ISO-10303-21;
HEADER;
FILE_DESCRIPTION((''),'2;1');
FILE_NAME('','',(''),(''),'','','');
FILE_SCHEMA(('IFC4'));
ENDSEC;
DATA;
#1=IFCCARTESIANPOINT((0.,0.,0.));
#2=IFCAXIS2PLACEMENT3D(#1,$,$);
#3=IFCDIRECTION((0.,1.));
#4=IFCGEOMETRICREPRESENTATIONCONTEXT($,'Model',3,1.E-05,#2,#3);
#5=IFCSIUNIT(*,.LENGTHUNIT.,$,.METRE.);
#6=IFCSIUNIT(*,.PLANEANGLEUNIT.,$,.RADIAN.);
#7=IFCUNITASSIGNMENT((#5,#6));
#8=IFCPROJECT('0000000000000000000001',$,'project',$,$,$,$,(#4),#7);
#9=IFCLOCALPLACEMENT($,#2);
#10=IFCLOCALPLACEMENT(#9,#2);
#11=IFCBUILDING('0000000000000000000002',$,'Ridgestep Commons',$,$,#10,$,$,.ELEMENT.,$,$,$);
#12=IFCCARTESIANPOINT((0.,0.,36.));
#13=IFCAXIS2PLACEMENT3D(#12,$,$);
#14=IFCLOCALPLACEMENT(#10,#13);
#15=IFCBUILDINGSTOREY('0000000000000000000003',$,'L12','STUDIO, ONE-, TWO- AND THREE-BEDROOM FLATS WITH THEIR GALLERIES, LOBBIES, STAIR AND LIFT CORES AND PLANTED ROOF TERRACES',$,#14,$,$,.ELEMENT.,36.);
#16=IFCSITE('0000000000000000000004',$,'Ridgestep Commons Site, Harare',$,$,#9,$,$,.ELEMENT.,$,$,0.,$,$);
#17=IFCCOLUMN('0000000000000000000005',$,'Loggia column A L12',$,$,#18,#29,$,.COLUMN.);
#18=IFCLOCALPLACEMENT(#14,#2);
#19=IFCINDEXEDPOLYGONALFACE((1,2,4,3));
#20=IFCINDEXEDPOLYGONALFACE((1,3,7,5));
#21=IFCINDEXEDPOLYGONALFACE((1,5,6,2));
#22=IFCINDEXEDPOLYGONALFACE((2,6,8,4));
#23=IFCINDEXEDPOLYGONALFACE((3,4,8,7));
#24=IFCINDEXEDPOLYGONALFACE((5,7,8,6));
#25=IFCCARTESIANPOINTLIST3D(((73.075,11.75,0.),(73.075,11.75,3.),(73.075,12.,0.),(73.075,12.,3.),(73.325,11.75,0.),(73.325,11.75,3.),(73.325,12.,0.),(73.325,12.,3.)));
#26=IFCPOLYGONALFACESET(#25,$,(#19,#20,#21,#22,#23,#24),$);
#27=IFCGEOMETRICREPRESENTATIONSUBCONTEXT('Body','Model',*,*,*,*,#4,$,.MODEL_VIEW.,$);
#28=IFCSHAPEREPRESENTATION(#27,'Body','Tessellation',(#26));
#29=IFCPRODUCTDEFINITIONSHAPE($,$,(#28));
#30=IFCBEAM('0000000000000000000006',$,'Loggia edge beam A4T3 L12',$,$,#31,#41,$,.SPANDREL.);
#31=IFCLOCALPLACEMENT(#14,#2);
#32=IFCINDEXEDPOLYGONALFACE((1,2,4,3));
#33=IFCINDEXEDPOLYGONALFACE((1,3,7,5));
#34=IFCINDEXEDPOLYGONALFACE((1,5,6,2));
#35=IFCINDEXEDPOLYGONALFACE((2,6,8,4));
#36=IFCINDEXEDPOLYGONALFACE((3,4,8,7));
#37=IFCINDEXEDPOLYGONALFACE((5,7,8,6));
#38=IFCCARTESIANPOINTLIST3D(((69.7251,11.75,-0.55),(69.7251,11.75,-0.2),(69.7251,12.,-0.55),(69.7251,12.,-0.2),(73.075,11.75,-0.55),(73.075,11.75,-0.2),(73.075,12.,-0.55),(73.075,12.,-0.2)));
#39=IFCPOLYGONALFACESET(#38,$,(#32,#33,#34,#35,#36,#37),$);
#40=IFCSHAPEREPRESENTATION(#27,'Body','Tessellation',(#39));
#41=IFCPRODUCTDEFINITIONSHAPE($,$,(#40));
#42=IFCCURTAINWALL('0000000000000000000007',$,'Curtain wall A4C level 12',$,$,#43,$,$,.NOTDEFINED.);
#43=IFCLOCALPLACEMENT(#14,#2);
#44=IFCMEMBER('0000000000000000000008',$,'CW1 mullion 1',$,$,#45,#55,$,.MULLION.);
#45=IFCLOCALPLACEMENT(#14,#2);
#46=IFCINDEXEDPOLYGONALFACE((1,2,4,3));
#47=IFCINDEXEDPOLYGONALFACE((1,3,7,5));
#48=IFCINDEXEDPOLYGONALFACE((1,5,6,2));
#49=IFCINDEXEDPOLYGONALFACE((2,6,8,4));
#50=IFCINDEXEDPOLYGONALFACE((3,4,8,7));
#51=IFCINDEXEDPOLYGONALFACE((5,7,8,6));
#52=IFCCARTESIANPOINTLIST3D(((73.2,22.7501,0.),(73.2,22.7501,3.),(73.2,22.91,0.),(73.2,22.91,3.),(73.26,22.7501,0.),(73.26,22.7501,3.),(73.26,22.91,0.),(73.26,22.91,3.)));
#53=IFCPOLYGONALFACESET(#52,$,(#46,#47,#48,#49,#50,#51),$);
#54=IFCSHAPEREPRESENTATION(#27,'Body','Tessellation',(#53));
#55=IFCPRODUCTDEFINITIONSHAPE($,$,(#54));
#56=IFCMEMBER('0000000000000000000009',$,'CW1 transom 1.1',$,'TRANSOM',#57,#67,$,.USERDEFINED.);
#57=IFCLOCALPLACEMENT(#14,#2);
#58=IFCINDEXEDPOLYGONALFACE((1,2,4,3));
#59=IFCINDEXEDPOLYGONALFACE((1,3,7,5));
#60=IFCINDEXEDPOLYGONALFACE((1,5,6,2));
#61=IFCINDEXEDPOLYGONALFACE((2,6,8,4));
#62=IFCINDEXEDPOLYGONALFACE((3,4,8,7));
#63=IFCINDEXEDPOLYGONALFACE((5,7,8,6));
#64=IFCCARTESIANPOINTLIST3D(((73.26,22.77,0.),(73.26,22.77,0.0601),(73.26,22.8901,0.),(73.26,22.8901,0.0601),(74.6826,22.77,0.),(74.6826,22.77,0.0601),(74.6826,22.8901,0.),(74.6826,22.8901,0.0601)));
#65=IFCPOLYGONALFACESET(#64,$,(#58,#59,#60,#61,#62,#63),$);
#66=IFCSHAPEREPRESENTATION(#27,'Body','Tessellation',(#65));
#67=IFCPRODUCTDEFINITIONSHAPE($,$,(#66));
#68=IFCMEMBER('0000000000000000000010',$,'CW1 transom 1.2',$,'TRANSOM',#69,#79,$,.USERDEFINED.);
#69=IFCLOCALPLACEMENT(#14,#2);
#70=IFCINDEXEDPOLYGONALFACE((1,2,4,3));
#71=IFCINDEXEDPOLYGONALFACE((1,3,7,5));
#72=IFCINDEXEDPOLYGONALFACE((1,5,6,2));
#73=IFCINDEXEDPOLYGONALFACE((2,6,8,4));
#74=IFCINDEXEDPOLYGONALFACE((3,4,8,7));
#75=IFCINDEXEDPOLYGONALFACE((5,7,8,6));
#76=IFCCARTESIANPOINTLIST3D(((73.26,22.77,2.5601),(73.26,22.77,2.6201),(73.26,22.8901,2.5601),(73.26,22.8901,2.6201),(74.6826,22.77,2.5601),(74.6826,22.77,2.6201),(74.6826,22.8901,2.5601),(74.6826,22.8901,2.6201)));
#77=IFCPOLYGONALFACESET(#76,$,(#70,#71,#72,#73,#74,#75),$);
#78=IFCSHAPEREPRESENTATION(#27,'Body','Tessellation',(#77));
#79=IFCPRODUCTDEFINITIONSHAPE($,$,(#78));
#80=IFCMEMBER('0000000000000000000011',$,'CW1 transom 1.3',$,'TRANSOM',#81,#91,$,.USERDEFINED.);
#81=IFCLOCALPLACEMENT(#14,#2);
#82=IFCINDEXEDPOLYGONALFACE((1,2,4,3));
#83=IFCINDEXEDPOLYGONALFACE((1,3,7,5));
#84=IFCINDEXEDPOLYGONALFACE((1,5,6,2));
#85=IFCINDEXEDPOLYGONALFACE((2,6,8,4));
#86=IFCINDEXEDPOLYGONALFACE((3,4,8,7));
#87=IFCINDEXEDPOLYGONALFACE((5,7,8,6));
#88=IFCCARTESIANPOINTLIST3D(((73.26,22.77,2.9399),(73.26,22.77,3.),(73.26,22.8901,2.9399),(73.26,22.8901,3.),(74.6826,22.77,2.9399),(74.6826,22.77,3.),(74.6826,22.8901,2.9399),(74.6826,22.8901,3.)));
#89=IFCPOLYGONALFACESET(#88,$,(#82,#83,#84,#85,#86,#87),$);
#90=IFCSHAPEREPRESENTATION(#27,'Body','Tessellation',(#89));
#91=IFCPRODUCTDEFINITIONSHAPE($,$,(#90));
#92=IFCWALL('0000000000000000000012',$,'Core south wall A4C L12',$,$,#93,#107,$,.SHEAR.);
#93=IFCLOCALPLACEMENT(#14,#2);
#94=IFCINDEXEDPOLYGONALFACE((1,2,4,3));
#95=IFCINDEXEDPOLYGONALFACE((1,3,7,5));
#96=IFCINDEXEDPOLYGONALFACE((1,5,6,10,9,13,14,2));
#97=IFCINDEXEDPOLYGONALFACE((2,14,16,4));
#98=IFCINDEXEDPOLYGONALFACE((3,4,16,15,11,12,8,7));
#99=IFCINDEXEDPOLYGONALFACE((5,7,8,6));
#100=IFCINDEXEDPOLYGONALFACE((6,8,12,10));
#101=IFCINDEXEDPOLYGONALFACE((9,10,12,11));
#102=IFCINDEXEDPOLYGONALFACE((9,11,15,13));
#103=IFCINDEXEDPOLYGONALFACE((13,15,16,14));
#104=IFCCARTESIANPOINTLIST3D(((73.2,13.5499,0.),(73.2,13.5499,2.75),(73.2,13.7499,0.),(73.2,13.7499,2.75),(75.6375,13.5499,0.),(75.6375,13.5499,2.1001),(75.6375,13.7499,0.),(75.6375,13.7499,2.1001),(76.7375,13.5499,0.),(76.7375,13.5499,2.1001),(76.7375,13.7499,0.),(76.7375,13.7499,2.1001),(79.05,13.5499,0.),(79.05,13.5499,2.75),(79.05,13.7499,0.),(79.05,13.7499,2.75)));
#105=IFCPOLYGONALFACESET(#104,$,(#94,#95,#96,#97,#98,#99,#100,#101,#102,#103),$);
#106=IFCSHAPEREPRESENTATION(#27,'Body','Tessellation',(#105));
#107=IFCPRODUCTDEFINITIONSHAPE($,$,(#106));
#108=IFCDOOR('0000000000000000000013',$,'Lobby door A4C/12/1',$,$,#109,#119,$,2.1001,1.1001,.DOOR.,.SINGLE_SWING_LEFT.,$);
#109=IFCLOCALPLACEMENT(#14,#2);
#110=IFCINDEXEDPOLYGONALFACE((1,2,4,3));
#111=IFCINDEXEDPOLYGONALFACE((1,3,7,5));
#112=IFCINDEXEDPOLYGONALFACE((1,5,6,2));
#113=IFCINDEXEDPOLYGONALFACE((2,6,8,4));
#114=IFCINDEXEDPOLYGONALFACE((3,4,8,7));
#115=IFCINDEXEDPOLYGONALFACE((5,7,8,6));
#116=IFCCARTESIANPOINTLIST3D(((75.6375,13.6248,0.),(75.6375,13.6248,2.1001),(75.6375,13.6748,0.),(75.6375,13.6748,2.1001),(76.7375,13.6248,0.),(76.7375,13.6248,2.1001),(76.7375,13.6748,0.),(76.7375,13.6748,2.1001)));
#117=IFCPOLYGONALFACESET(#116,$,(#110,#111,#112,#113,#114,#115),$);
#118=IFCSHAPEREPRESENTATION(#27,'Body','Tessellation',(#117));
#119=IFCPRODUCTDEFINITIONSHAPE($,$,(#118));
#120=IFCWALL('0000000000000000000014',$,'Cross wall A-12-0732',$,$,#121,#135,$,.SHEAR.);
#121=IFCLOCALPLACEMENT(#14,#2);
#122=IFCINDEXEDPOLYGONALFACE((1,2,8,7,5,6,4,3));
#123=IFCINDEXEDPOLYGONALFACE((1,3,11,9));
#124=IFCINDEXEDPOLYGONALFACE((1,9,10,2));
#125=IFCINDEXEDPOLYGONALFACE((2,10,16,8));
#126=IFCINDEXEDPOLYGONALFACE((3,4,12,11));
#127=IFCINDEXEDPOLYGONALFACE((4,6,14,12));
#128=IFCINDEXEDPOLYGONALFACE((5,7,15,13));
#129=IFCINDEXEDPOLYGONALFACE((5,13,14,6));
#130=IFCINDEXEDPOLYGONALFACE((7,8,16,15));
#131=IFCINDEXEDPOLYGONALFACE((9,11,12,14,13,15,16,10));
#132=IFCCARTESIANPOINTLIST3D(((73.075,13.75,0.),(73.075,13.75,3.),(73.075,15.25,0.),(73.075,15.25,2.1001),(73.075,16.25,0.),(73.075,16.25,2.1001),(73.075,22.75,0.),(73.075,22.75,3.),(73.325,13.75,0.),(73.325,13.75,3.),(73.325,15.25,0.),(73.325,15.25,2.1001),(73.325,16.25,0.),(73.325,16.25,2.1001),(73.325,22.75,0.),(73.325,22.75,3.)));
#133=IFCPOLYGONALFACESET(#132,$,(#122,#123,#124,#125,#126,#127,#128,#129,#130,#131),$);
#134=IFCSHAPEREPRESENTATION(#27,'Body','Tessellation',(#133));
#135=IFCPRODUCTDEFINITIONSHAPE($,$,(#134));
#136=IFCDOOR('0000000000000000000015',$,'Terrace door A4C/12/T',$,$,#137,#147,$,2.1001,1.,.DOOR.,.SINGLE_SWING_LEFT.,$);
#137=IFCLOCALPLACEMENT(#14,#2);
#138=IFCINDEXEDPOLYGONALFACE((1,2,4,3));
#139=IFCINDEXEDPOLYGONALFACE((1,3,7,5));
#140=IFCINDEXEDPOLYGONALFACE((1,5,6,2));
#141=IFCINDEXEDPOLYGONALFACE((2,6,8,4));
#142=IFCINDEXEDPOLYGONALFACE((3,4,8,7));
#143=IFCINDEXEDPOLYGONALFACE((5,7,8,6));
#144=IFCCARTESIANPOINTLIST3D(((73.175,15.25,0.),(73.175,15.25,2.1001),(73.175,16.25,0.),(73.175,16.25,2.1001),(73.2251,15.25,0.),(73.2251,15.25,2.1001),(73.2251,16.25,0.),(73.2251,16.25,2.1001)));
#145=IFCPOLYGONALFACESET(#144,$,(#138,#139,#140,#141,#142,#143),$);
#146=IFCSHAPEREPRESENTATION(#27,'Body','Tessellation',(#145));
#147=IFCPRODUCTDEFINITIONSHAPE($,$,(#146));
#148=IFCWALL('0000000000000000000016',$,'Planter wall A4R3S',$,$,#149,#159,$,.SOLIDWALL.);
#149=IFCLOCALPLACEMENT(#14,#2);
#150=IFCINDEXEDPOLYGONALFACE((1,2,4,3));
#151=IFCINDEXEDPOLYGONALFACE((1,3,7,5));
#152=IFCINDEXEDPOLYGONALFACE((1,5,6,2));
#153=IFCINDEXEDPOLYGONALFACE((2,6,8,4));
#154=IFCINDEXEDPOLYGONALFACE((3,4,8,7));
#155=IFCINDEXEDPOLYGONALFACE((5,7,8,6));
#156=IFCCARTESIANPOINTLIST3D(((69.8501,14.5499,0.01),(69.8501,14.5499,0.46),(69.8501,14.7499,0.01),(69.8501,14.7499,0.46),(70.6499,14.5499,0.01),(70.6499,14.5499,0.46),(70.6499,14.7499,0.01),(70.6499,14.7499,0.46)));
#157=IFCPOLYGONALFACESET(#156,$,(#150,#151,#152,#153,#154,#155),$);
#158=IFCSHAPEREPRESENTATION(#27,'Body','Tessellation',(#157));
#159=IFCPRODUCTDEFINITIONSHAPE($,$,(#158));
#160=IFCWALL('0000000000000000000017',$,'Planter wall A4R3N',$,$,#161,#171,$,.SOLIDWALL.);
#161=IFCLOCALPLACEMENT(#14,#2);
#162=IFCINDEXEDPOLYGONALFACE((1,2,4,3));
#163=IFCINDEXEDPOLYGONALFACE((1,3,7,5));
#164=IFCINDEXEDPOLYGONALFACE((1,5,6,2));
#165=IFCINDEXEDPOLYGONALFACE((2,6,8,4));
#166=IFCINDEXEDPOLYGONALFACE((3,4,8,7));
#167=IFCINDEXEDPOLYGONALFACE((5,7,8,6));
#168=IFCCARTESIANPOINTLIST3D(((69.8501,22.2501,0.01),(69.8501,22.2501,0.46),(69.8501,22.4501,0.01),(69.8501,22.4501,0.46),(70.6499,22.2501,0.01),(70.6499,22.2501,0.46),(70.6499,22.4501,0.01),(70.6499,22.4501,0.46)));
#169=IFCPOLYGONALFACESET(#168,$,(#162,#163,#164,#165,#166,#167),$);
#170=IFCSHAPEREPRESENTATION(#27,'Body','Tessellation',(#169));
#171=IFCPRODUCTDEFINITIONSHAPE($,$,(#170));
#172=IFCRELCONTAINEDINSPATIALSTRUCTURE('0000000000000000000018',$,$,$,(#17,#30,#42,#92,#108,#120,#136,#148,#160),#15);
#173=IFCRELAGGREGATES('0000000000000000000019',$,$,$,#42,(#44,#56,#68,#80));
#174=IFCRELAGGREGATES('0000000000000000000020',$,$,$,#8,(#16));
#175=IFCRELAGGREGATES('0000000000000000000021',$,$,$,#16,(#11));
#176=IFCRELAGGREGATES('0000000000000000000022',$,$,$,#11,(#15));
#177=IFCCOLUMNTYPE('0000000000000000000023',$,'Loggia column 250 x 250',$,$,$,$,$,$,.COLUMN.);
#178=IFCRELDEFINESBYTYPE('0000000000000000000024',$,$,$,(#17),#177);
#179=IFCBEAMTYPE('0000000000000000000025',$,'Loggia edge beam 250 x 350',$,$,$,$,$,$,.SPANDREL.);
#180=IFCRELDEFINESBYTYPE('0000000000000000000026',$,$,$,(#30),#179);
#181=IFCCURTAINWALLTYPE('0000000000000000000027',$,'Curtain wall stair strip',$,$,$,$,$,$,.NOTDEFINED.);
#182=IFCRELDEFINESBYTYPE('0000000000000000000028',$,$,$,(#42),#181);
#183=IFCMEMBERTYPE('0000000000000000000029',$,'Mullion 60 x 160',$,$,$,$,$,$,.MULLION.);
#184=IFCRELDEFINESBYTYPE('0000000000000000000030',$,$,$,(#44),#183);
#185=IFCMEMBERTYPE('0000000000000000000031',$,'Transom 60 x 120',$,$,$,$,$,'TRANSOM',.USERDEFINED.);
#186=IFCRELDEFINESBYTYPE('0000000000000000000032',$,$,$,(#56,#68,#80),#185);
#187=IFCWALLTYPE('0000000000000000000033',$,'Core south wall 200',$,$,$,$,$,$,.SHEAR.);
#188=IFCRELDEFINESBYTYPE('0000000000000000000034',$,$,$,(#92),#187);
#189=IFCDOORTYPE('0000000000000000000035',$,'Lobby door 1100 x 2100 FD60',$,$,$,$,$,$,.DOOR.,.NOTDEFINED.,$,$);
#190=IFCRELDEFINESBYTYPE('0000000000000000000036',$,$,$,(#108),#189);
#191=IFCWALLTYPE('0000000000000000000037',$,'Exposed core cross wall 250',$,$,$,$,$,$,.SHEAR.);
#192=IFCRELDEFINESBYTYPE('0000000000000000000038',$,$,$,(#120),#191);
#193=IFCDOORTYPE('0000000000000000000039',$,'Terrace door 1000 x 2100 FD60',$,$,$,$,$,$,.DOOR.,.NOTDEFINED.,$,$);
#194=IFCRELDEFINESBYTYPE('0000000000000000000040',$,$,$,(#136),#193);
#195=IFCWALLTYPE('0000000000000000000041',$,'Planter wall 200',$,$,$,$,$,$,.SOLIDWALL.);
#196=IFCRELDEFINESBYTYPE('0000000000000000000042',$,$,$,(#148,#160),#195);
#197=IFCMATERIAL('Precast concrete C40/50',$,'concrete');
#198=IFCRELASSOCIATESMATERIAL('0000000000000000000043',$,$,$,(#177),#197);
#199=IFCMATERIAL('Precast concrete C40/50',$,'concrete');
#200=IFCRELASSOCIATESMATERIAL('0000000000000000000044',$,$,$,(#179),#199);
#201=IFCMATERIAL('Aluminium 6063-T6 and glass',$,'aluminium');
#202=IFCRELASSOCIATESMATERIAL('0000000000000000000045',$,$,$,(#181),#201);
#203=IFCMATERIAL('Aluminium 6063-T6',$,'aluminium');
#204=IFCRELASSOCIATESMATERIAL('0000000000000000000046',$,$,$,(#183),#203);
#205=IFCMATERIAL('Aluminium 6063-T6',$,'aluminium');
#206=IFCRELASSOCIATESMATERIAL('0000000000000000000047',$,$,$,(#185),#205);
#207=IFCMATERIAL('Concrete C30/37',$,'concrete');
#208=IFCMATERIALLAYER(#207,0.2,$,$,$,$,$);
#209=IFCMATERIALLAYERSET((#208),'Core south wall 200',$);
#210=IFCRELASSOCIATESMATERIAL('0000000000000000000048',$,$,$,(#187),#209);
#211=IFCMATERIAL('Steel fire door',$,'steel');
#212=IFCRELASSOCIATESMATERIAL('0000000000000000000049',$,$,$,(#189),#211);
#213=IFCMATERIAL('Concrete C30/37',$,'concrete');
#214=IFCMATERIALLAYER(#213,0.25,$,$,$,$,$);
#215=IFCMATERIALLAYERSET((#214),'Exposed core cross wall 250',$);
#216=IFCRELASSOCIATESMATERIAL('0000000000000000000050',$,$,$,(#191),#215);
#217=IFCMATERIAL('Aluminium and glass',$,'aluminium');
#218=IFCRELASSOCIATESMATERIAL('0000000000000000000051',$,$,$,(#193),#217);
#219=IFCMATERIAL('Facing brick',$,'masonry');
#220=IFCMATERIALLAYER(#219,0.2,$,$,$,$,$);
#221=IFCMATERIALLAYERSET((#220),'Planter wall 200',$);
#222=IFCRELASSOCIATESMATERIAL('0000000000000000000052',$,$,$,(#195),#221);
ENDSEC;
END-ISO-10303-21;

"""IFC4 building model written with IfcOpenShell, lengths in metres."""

from ifc_helpers import new_model, si_unit, direction, frame, frame_2d, origin, origin_2d, place, context, subcontext, project, spatial, rectangle, extrude, material, layer, layer_set, material_profile, profile_set, type_object, element, fill, aggregate, save


model = new_model("IFC4")

# Units and contexts
model_context = context("Model", 3, precision=1e-05, world=origin(), true_north=direction((0.0, 1.0)))
body_context = subcontext(model_context, "Body", "Model", "MODEL_VIEW")
ifc_project = project(units=[si_unit("LENGTHUNIT", "METRE"), si_unit("PLANEANGLEUNIT", "RADIAN")], contexts=[model_context])

# Site, building, storey
site_placement = place(None, origin())
site = spatial("IfcSite", under=ifc_project, at=site_placement, Name="Ridgestep Commons Site, Harare", CompositionType="ELEMENT", RefElevation=0.0)
building_placement = place(site_placement, origin())
building = spatial("IfcBuilding", under=site, at=building_placement, Name="Ridgestep Commons", CompositionType="ELEMENT")
storey_placement = place(building_placement, frame((0.0, 0.0, 36.0)))
storey = spatial("IfcBuildingStorey", under=building, at=storey_placement, Name="L12", Description="STUDIO, ONE-, TWO- AND THREE-BEDROOM FLATS WITH THEIR GALLERIES, LOBBIES, STAIR AND LIFT CORES AND PLANTED ROOF TERRACES", CompositionType="ELEMENT", Elevation=36.0)

# Column
ifc_material_1 = material(Name="Precast concrete C40/50", Category="concrete")
ifc_material_profile_1 = material_profile(ifc_material_1, rectangle(XDim=0.25, YDim=0.25, at=origin_2d()), Name="PC 250x250")
ifc_profile_set_1 = profile_set([ifc_material_profile_1], Name="Precast concrete C40/50")
column_type = type_object("IfcColumnType", Name="Loggia column 250 x 250", PredefinedType="COLUMN", material=ifc_profile_set_1)
column_placement = place(storey_placement, frame((73.2, 11.875, 0.0), z_axis=(0.0, 0.0, 1.0), x_axis=(1.0, 0.0, 0.0)))
element("IfcColumn", 1, at=column_placement, inside=storey, type_object=column_type, Name="Loggia column A L12", PredefinedType="COLUMN", context=body_context, shape_type="SweptSolid", body=[
    extrude(rectangle(XDim=0.25, YDim=0.25, at=origin_2d()), origin(), (0.0, 0.0, 1.0), 3.0),
])

# Beam
ifc_material_2 = material(Name="Precast concrete C40/50", Category="concrete")
ifc_material_profile_2 = material_profile(ifc_material_2, rectangle(XDim=0.25, YDim=0.3501, at=origin_2d()), Name="PC 250x350")
ifc_profile_set_2 = profile_set([ifc_material_profile_2], Name="Precast concrete C40/50")
beam_type = type_object("IfcBeamType", Name="Loggia edge beam 250 x 350", PredefinedType="SPANDREL", material=ifc_profile_set_2)
beam_placement = place(storey_placement, frame((69.7251, 11.875, -0.375), z_axis=(1.0, 0.0, 0.0), x_axis=(0.0, 1.0, 0.0)))
element("IfcBeam", 2, at=beam_placement, inside=storey, type_object=beam_type, Name="Loggia edge beam A4T3 L12", PredefinedType="SPANDREL", context=body_context, shape_type="SweptSolid", body=[
    extrude(rectangle(XDim=0.25, YDim=0.3501, at=origin_2d()), origin(), (0.0, 0.0, 1.0), 3.3499),
])

# Curtain wall, members
ifc_material_3 = material(Name="Aluminium 6063-T6 and glass", Category="aluminium")
curtain_wall_type = type_object("IfcCurtainWallType", Name="Curtain wall stair strip", PredefinedType="NOTDEFINED", material=ifc_material_3)
curtain_wall_placement = place(storey_placement, origin())
curtain_wall = element("IfcCurtainWall", 3, at=curtain_wall_placement, inside=storey, type_object=curtain_wall_type, Name="Curtain wall A4C level 12", PredefinedType="NOTDEFINED")
ifc_material_4 = material(Name="Aluminium 6063-T6", Category="aluminium")
ifc_material_profile_3 = material_profile(ifc_material_4, rectangle(XDim=0.1599, YDim=0.0601, at=origin_2d()), Name="Mullion 60 x 160")
ifc_profile_set_3 = profile_set([ifc_material_profile_3], Name="Aluminium 6063-T6")
member_type_1 = type_object("IfcMemberType", Name="Mullion 60 x 160", PredefinedType="MULLION", material=ifc_profile_set_3)
member_1_placement = place(storey_placement, frame((73.23, 22.8301, 0.0), z_axis=(0.0, 0.0, 1.0), x_axis=(0.0, 1.0, 0.0)))
member_1 = element("IfcMember", 4, at=member_1_placement, type_object=member_type_1, Name="CW1 mullion 1", PredefinedType="MULLION", context=body_context, shape_type="SweptSolid", body=[
    extrude(rectangle(XDim=0.1599, YDim=0.0601, at=origin_2d()), origin(), (0.0, 0.0, 1.0), 3.0),
])
ifc_material_5 = material(Name="Aluminium 6063-T6", Category="aluminium")
ifc_material_profile_4 = material_profile(ifc_material_5, rectangle(XDim=0.1201, YDim=0.0601, at=origin_2d()), Name="Transom 60 x 120")
ifc_profile_set_4 = profile_set([ifc_material_profile_4], Name="Aluminium 6063-T6")
member_type_2 = type_object("IfcMemberType", Name="Transom 60 x 120", ElementType="TRANSOM", PredefinedType="USERDEFINED", material=ifc_profile_set_4)
member_2_placement = place(storey_placement, frame((73.26, 22.8301, 0.03), z_axis=(1.0, 0.0, 0.0), x_axis=(0.0, 1.0, 0.0)))
member_2 = element("IfcMember", 5, at=member_2_placement, type_object=member_type_2, Name="CW1 transom 1.1", ObjectType="TRANSOM", PredefinedType="USERDEFINED", context=body_context, shape_type="SweptSolid", body=[
    extrude(rectangle(XDim=0.1201, YDim=0.0601, at=origin_2d()), origin(), (0.0, 0.0, 1.0), 1.4226),
])
member_3_placement = place(storey_placement, frame((73.26, 22.8301, 2.5901), z_axis=(1.0, 0.0, 0.0), x_axis=(0.0, 1.0, 0.0)))
member_3 = element("IfcMember", 6, at=member_3_placement, type_object=member_type_2, Name="CW1 transom 1.2", ObjectType="TRANSOM", PredefinedType="USERDEFINED", context=body_context, shape_type="SweptSolid", body=[
    extrude(rectangle(XDim=0.1201, YDim=0.0601, at=origin_2d()), origin(), (0.0, 0.0, 1.0), 1.4226),
])
member_4_placement = place(storey_placement, frame((73.26, 22.8301, 2.97), z_axis=(1.0, 0.0, 0.0), x_axis=(0.0, 1.0, 0.0)))
member_4 = element("IfcMember", 7, at=member_4_placement, type_object=member_type_2, Name="CW1 transom 1.3", ObjectType="TRANSOM", PredefinedType="USERDEFINED", context=body_context, shape_type="SweptSolid", body=[
    extrude(rectangle(XDim=0.1201, YDim=0.0601, at=origin_2d()), origin(), (0.0, 0.0, 1.0), 1.4226),
])
aggregate(curtain_wall, [member_1, member_2, member_3, member_4])

# Walls, openings, doors
ifc_material_6 = material(Name="Concrete C30/37", Category="concrete")
ifc_layer_1 = layer(ifc_material_6, 0.2)
ifc_layer_set_1 = layer_set([ifc_layer_1], Name="Core south wall 200")
wall_type_1 = type_object("IfcWallType", Name="Core south wall 200", PredefinedType="SHEAR", material=ifc_layer_set_1)
wall_1_placement = place(storey_placement, frame((73.2, 13.6499, 0.0), z_axis=(0.0, 0.0, 1.0), x_axis=(1.0, 0.0, 0.0)))
wall_1 = element("IfcWall", 8, at=wall_1_placement, inside=storey, type_object=wall_type_1, Name="Core south wall A4C L12", PredefinedType="SHEAR", context=body_context, shape_type="SweptSolid", body=[
    extrude(rectangle(XDim=5.8501, YDim=0.2, at=frame_2d((2.925, 0.0))), origin(), (0.0, 0.0, 1.0), 2.75),
])
opening_1_placement = place(wall_1_placement, frame((2.4375, 0.0, 0.0)))
opening_1 = element("IfcOpeningElement", 9, at=opening_1_placement, cuts=wall_1, PredefinedType="OPENING", context=body_context, shape_type="SweptSolid", body=[
    extrude(rectangle(XDim=1.1001, YDim=2.1001, at=frame_2d((0.55, 1.05))), frame((0.0, 0.1099, 0.0), z_axis=(0.0, -1.0, 0.0), x_axis=(1.0, 0.0, 0.0)), (0.0, 0.0, 1.0), 0.22),
])
ifc_material_7 = material(Name="Steel fire door", Category="steel")
door_type_1 = type_object("IfcDoorType", Name="Lobby door 1100 x 2100 FD60", OperationType="NOTDEFINED", PredefinedType="DOOR", material=ifc_material_7)
door_1_placement = place(opening_1_placement, origin())
door_1 = element("IfcDoor", 10, at=door_1_placement, inside=storey, type_object=door_type_1, Name="Lobby door A4C/12/1", OperationType="SINGLE_SWING_LEFT", OverallHeight=2.1001, OverallWidth=1.1001, PredefinedType="DOOR", context=body_context, shape_type="SweptSolid", body=[
    extrude(rectangle(XDim=1.1001, YDim=2.1001, at=frame_2d((0.55, 1.05))), frame((0.0, 0.0249, 0.0), z_axis=(0.0, -1.0, 0.0), x_axis=(1.0, 0.0, 0.0)), (0.0, 0.0, 1.0), 0.05),
])
fill(opening_1, door_1)
ifc_material_8 = material(Name="Concrete C30/37", Category="concrete")
ifc_layer_2 = layer(ifc_material_8, 0.25)
ifc_layer_set_2 = layer_set([ifc_layer_2], Name="Exposed core cross wall 250")
wall_type_2 = type_object("IfcWallType", Name="Exposed core cross wall 250", PredefinedType="SHEAR", material=ifc_layer_set_2)
wall_2_placement = place(storey_placement, frame((73.2, 13.75, 0.0), z_axis=(0.0, 0.0, 1.0), x_axis=(0.0, 1.0, 0.0)))
wall_2 = element("IfcWall", 11, at=wall_2_placement, inside=storey, type_object=wall_type_2, Name="Cross wall A-12-0732", PredefinedType="SHEAR", context=body_context, shape_type="SweptSolid", body=[
    extrude(rectangle(XDim=9.0, YDim=0.25, at=frame_2d((4.5, 0.0))), origin(), (0.0, 0.0, 1.0), 3.0),
])
opening_2_placement = place(wall_2_placement, frame((1.5, 0.0, 0.0)))
opening_2 = element("IfcOpeningElement", 12, at=opening_2_placement, cuts=wall_2, PredefinedType="OPENING", context=body_context, shape_type="SweptSolid", body=[
    extrude(rectangle(XDim=1.0, YDim=2.1001, at=frame_2d((0.5, 1.05))), frame((0.0, 0.135, 0.0), z_axis=(0.0, -1.0, 0.0), x_axis=(1.0, 0.0, 0.0)), (0.0, 0.0, 1.0), 0.27),
])
ifc_material_9 = material(Name="Aluminium and glass", Category="aluminium")
door_type_2 = type_object("IfcDoorType", Name="Terrace door 1000 x 2100 FD60", OperationType="NOTDEFINED", PredefinedType="DOOR", material=ifc_material_9)
door_2_placement = place(opening_2_placement, origin())
door_2 = element("IfcDoor", 13, at=door_2_placement, inside=storey, type_object=door_type_2, Name="Terrace door A4C/12/T", OperationType="SINGLE_SWING_LEFT", OverallHeight=2.1001, OverallWidth=1.0, PredefinedType="DOOR", context=body_context, shape_type="SweptSolid", body=[
    extrude(rectangle(XDim=1.0, YDim=2.1001, at=frame_2d((0.5, 1.05))), frame((0.0, 0.0249, 0.0), z_axis=(0.0, -1.0, 0.0), x_axis=(1.0, 0.0, 0.0)), (0.0, 0.0, 1.0), 0.05),
])
fill(opening_2, door_2)

# Walls
ifc_material_10 = material(Name="Facing brick", Category="masonry")
ifc_layer_3 = layer(ifc_material_10, 0.2)
ifc_layer_set_3 = layer_set([ifc_layer_3], Name="Planter wall 200")
wall_type_3 = type_object("IfcWallType", Name="Planter wall 200", PredefinedType="SOLIDWALL", material=ifc_layer_set_3)
for number, where, z_axis, x_axis, name in (
    (14, (69.8501, 14.6499, 0.01), (0.0, 0.0, 1.0), (1.0, 0.0, 0.0), "Planter wall A4R3S"),
    (15, (69.8501, 22.3501, 0.01), (0.0, 0.0, 1.0), (1.0, 0.0, 0.0), "Planter wall A4R3N"),
):
    element("IfcWall", number, at=place(storey_placement, frame(where, z_axis=z_axis, x_axis=x_axis)), inside=storey, type_object=wall_type_3, Name=name, PredefinedType="SOLIDWALL", context=body_context, shape_type="SweptSolid", body=[
        extrude(rectangle(XDim=0.7998, YDim=0.2, at=frame_2d((0.3999, 0.0))), origin(), (0.0, 0.0, 1.0), 0.45),
    ])

save(model, "model.ifc")
